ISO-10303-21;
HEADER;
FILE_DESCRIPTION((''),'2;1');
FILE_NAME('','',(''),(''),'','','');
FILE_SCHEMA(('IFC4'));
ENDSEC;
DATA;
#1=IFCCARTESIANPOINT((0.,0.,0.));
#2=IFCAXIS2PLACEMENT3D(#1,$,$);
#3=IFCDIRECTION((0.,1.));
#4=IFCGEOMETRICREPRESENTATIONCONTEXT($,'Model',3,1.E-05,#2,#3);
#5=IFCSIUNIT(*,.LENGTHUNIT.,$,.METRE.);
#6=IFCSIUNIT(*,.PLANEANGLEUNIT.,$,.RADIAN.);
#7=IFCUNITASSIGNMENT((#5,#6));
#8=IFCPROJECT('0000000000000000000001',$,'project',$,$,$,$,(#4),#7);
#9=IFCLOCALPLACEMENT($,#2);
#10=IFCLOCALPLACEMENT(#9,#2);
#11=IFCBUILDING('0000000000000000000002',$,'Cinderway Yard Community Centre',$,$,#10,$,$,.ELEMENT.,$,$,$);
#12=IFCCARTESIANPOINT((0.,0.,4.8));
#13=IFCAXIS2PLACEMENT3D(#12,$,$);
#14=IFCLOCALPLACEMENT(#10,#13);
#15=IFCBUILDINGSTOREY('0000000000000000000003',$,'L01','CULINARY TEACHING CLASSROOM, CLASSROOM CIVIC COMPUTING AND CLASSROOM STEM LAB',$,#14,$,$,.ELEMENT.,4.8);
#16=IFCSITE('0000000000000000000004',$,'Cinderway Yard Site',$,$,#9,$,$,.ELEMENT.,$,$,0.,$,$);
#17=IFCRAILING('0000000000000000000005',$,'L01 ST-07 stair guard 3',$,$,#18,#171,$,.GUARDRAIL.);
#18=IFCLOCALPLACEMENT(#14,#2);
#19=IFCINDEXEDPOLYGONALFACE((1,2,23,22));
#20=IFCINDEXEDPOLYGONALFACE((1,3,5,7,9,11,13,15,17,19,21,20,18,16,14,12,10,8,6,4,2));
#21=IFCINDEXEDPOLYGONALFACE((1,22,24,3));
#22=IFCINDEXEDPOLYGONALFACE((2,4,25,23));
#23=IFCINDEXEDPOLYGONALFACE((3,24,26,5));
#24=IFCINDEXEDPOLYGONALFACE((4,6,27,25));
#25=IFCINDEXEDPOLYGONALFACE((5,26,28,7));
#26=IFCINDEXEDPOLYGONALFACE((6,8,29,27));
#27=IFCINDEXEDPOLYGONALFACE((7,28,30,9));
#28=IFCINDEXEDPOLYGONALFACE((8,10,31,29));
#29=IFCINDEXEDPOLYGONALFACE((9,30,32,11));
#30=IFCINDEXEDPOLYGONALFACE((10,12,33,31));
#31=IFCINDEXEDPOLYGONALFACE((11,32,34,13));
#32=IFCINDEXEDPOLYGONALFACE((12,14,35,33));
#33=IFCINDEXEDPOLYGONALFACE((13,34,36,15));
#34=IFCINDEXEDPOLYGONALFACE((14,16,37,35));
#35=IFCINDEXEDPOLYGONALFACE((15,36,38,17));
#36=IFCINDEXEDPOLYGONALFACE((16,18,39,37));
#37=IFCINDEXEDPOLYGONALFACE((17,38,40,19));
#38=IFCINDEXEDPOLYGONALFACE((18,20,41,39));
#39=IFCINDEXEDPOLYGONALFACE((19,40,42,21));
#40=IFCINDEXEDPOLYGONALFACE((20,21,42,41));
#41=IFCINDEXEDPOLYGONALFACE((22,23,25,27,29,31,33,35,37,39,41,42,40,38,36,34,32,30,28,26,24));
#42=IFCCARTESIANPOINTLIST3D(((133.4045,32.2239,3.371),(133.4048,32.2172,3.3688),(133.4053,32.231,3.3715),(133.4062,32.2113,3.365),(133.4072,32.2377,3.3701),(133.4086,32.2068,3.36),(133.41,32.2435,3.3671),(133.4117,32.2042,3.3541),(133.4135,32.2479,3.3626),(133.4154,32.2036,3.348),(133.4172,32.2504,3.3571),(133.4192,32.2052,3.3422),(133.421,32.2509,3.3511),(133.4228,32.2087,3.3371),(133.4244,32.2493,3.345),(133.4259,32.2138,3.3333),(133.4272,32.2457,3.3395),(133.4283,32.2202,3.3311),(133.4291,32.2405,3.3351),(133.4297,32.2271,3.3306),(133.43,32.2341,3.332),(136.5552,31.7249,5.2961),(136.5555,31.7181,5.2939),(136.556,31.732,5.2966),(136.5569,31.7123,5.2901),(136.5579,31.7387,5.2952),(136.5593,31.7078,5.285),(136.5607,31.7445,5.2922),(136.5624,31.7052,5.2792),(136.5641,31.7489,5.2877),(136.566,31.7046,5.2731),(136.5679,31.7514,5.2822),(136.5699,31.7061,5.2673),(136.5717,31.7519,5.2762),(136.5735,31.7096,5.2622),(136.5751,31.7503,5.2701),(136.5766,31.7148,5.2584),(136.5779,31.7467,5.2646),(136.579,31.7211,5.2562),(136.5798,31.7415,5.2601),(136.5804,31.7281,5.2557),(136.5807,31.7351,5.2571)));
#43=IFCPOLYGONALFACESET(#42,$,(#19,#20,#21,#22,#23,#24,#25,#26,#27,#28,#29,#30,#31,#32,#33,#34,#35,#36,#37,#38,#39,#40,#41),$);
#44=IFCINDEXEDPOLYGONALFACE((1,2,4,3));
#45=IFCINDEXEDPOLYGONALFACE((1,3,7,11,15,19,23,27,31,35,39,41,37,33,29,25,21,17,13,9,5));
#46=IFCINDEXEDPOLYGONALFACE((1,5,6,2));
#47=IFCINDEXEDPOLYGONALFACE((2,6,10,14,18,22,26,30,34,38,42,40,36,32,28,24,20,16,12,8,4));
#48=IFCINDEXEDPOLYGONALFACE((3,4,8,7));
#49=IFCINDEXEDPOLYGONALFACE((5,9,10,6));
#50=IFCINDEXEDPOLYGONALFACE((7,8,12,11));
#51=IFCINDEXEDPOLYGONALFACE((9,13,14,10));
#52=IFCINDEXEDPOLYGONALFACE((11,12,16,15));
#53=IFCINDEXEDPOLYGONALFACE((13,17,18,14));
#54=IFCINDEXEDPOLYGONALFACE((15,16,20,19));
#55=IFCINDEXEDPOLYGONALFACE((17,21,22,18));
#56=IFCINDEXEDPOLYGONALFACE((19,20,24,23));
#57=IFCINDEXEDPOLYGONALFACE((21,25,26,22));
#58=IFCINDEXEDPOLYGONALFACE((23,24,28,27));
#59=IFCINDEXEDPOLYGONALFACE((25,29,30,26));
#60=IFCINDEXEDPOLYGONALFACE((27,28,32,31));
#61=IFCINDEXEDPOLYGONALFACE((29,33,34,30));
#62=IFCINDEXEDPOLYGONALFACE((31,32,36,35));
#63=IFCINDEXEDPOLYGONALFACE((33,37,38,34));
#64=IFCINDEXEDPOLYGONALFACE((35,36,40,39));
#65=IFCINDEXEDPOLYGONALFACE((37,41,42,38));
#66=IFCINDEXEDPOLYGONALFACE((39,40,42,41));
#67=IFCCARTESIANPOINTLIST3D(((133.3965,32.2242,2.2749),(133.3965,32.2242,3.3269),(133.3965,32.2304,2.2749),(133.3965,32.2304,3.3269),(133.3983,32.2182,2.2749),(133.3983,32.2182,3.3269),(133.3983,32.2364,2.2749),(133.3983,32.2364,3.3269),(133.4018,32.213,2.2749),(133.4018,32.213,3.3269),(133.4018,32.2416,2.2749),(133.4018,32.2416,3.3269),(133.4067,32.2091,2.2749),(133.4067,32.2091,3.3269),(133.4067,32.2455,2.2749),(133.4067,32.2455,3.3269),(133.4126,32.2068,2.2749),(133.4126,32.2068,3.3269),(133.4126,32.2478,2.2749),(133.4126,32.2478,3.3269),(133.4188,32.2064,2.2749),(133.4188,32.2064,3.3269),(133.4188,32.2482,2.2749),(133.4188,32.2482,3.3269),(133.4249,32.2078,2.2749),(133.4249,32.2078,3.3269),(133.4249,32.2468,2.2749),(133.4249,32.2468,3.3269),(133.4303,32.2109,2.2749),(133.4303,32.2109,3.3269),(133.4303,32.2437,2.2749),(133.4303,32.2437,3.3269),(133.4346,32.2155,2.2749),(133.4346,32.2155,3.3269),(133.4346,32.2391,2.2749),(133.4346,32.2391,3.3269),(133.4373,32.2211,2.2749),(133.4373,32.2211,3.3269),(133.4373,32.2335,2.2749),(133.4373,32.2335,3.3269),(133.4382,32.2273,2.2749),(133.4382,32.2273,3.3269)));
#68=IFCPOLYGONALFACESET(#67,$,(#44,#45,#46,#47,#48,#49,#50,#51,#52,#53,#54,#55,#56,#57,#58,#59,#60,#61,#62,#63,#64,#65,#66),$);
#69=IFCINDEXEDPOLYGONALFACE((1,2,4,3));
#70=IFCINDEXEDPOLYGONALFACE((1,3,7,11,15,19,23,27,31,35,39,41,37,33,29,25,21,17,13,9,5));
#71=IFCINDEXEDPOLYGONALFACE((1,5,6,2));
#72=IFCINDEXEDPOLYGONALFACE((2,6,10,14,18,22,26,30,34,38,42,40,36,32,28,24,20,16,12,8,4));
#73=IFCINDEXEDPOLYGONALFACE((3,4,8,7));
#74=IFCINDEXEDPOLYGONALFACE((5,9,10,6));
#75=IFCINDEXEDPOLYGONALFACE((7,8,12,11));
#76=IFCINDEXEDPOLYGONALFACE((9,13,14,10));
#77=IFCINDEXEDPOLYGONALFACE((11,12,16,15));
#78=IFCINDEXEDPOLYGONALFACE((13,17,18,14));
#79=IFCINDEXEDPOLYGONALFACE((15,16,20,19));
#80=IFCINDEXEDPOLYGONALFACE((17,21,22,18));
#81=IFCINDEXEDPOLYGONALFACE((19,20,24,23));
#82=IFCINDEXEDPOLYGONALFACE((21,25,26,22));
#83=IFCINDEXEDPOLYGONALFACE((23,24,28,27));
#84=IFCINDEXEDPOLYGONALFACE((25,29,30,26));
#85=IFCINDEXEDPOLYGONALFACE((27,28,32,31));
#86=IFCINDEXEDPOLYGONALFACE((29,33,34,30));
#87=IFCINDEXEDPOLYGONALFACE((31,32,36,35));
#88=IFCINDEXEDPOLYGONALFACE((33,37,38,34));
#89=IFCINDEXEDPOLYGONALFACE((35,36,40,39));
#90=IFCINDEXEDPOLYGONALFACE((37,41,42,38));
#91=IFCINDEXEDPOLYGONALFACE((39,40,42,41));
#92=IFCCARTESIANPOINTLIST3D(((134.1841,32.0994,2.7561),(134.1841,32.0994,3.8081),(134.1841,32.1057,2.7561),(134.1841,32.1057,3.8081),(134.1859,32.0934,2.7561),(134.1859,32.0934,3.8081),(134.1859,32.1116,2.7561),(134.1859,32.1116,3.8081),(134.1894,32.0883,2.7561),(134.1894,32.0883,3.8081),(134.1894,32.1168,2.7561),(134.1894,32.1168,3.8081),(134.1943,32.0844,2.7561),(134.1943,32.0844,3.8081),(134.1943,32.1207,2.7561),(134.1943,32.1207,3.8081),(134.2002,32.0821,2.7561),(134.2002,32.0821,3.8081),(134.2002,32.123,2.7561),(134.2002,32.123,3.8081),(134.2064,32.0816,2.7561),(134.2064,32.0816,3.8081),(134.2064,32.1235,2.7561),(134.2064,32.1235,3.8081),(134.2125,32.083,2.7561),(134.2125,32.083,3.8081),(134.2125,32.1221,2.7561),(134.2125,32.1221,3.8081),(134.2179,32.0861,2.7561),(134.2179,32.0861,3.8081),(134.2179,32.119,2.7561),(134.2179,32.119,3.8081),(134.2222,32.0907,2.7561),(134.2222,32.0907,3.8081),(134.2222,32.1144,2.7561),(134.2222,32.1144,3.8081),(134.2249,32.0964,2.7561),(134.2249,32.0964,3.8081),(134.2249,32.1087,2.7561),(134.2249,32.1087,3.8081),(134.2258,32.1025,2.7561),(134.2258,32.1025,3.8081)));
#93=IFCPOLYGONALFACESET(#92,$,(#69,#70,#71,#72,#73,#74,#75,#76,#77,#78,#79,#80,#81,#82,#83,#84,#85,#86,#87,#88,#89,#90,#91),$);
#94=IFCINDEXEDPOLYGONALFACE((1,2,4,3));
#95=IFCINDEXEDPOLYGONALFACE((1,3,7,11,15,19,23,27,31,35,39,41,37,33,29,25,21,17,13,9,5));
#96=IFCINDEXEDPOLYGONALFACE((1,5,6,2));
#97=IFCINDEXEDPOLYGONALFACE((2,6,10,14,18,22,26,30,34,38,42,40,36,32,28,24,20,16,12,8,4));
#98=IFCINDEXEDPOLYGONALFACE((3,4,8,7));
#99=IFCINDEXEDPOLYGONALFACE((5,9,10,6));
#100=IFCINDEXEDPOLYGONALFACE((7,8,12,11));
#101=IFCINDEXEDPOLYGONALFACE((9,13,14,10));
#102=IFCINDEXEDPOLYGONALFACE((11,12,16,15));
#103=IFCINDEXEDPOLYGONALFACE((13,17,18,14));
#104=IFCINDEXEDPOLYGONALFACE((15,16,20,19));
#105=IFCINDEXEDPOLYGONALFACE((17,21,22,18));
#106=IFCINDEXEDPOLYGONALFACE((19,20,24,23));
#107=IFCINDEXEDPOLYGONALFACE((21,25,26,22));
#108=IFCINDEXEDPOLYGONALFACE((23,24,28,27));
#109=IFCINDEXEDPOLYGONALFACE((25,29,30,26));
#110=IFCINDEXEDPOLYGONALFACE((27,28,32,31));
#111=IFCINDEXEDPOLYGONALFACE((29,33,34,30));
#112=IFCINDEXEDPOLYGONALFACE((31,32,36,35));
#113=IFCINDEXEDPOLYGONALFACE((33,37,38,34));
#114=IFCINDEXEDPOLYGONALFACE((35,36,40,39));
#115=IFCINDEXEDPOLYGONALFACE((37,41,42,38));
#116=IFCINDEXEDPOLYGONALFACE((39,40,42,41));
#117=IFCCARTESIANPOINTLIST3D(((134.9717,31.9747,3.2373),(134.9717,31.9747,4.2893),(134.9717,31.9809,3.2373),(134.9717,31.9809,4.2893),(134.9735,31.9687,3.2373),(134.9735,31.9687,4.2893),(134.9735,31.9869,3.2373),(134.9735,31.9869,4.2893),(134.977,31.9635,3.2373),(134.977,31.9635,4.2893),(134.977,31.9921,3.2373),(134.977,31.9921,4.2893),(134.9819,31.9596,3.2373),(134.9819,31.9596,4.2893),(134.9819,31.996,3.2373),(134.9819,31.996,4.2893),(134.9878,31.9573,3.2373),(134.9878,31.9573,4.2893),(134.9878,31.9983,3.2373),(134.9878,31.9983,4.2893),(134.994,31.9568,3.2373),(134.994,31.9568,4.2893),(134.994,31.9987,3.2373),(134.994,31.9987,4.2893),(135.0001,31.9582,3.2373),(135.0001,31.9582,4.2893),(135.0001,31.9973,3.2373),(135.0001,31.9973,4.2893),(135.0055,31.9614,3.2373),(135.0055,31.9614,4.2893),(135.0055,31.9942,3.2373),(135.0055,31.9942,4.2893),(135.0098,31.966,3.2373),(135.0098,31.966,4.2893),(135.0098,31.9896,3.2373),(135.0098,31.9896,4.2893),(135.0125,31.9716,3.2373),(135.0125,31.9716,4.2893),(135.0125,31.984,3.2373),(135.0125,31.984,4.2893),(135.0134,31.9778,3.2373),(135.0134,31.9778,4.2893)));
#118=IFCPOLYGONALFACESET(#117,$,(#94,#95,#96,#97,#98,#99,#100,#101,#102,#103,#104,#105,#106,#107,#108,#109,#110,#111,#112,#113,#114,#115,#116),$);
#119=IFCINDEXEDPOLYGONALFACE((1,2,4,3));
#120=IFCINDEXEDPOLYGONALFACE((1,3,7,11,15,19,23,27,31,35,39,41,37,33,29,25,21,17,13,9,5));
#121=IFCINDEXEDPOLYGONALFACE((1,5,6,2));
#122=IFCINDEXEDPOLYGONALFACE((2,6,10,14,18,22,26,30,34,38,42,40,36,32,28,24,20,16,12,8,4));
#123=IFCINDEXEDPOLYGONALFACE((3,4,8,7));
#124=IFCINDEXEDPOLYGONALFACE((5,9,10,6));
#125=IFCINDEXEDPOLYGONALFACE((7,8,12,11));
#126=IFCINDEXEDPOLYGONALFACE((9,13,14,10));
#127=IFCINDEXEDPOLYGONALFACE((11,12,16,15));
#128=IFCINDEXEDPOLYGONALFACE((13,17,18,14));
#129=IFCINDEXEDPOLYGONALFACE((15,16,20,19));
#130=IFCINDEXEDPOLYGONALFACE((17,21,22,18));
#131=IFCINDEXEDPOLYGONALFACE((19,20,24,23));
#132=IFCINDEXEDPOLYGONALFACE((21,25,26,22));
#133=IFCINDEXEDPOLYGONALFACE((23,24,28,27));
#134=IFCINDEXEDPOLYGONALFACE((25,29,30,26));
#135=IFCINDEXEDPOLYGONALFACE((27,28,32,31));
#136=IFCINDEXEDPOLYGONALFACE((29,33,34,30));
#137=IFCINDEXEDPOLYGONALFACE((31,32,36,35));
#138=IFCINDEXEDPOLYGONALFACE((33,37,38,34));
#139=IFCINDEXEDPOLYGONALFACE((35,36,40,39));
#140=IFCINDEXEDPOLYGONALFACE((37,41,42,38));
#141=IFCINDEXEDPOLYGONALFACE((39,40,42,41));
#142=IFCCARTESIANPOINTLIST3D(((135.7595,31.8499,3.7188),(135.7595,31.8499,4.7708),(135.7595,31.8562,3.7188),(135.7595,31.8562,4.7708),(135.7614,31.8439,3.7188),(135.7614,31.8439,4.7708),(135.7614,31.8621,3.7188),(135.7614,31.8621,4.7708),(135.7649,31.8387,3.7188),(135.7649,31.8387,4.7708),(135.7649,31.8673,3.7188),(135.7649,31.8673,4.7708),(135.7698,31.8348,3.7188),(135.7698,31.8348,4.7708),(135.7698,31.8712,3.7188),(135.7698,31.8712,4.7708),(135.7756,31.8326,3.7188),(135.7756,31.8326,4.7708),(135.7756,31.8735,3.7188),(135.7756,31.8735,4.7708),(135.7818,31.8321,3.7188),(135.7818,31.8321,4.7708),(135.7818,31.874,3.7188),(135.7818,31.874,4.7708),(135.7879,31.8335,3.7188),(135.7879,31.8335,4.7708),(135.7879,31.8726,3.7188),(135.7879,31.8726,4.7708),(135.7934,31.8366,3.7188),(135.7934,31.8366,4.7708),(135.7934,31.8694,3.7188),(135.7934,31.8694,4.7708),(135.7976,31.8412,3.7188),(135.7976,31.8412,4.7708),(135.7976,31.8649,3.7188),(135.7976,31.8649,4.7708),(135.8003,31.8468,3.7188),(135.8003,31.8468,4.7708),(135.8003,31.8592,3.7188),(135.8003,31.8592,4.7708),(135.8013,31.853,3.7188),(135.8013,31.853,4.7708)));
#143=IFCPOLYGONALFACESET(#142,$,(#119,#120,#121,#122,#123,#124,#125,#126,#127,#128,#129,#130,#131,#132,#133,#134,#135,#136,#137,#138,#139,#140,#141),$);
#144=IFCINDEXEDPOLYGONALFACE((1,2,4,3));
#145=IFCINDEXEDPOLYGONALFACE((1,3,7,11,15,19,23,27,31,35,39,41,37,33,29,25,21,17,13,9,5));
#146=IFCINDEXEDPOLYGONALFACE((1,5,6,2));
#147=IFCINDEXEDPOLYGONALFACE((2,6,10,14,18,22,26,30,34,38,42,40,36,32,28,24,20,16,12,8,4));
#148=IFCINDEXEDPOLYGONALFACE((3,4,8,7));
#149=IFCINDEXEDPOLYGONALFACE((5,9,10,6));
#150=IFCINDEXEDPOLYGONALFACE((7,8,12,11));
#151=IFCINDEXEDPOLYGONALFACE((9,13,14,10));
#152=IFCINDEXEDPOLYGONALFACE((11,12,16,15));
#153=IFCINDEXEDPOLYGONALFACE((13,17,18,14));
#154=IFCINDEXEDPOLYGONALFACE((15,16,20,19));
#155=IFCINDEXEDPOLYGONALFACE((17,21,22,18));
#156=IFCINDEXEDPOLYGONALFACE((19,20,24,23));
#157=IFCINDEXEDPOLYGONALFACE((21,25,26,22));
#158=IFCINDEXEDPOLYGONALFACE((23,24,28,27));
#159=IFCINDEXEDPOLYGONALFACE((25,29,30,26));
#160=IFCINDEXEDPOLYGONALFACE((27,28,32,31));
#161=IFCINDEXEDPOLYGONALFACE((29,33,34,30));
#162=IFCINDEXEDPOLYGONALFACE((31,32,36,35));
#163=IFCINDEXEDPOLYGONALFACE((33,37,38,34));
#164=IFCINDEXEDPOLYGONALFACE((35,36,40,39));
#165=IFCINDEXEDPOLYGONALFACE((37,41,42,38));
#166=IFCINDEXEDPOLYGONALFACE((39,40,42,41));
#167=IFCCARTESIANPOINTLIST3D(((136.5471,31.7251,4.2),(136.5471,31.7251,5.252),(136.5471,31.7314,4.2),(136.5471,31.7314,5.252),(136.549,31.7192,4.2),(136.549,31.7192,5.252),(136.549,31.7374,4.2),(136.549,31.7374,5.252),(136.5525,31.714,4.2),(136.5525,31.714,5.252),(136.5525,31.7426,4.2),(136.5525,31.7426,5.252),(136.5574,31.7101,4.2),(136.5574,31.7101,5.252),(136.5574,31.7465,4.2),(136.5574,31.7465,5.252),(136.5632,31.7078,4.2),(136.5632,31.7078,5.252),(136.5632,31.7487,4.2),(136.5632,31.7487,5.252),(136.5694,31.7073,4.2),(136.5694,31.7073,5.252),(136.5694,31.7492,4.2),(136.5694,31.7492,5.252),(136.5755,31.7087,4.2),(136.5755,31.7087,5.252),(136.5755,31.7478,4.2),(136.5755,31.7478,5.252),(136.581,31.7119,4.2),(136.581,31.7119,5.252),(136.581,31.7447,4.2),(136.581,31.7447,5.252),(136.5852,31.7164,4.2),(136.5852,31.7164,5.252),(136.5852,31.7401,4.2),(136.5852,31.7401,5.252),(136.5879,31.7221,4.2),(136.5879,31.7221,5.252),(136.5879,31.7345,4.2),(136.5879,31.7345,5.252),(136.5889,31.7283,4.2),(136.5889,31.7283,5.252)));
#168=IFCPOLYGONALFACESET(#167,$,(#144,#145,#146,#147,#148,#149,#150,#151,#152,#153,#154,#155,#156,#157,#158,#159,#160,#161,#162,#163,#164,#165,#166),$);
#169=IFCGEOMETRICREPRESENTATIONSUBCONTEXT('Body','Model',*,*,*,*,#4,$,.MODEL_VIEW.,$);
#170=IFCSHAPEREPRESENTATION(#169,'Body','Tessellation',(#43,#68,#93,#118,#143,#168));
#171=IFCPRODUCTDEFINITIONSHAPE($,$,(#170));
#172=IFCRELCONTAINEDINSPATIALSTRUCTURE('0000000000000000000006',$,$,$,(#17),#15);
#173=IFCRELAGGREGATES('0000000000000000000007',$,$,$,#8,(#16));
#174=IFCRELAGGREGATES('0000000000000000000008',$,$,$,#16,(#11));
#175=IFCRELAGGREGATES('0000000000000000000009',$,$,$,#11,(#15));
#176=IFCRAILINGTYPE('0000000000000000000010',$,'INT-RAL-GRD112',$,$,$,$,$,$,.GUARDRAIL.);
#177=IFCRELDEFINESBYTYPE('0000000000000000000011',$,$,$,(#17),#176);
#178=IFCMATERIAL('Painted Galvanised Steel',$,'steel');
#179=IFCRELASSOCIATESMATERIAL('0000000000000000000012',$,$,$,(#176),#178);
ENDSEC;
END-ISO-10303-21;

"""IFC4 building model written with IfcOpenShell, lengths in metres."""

from ifc_helpers import new_model, si_unit, direction, frame, origin, origin_2d, place, context, subcontext, project, spatial, circle, extrude, material, type_object, element, save


model = new_model("IFC4")

# Units and contexts
model_context = context("Model", 3, precision=1e-05, world=origin(), true_north=direction((0.0, 1.0)))
body_context = subcontext(model_context, "Body", "Model", "MODEL_VIEW")
ifc_project = project(units=[si_unit("LENGTHUNIT", "METRE"), si_unit("PLANEANGLEUNIT", "RADIAN")], contexts=[model_context])

# Site, building, storey
site_placement = place(None, origin())
site = spatial("IfcSite", under=ifc_project, at=site_placement, Name="Cinderway Yard Site", CompositionType="ELEMENT", RefElevation=0.0)
building_placement = place(site_placement, origin())
building = spatial("IfcBuilding", under=site, at=building_placement, Name="Cinderway Yard Community Centre", CompositionType="ELEMENT")
storey_placement = place(building_placement, frame((0.0, 0.0, 4.8)))
storey = spatial("IfcBuildingStorey", under=building, at=storey_placement, Name="L01", Description="CULINARY TEACHING CLASSROOM, CLASSROOM CIVIC COMPUTING AND CLASSROOM STEM LAB", CompositionType="ELEMENT", Elevation=4.8)

# Shared definitions
ifc_material_1 = material(Name="Painted Galvanised Steel", Category="steel")

# Railing
railing_type_1 = type_object("IfcRailingType", Name="INT-RAL-GRD112", PredefinedType="GUARDRAIL", material=ifc_material_1)
railing_1_placement = place(storey_placement, frame((133.4172, 32.2273, 2.2749)))
element("IfcRailing", 1, at=railing_1_placement, inside=storey, type_object=railing_type_1, Name="L01 ST-07 stair guard 3", PredefinedType="GUARDRAIL", context=body_context, shape_type="SweptSolid", body=[
    extrude(circle(Radius=0.0239, at=origin_2d()), frame((0.0, 0.0, 1.0762), z_axis=(0.845634, -0.133938, 0.516685), x_axis=(0.156438, 0.987688, 0.0)), (0.0, 0.0, 1.0), 3.7258),
    extrude(circle(Radius=0.021, at=origin_2d()), origin(), (0.0, 0.0, 1.0), 1.052),
    extrude(circle(Radius=0.021, at=origin_2d()), frame((0.7876, -0.1248, 0.4812)), (0.0, 0.0, 1.0), 1.052),
    extrude(circle(Radius=0.021, at=origin_2d()), frame((1.5752, -0.2495, 0.9624)), (0.0, 0.0, 1.0), 1.052),
    extrude(circle(Radius=0.021, at=origin_2d()), frame((2.363, -0.3743, 1.4438)), (0.0, 0.0, 1.0), 1.052),
    extrude(circle(Radius=0.021, at=origin_2d()), frame((3.1506, -0.499, 1.925)), (0.0, 0.0, 1.0), 1.052),
])

save(model, "model.ifc")
